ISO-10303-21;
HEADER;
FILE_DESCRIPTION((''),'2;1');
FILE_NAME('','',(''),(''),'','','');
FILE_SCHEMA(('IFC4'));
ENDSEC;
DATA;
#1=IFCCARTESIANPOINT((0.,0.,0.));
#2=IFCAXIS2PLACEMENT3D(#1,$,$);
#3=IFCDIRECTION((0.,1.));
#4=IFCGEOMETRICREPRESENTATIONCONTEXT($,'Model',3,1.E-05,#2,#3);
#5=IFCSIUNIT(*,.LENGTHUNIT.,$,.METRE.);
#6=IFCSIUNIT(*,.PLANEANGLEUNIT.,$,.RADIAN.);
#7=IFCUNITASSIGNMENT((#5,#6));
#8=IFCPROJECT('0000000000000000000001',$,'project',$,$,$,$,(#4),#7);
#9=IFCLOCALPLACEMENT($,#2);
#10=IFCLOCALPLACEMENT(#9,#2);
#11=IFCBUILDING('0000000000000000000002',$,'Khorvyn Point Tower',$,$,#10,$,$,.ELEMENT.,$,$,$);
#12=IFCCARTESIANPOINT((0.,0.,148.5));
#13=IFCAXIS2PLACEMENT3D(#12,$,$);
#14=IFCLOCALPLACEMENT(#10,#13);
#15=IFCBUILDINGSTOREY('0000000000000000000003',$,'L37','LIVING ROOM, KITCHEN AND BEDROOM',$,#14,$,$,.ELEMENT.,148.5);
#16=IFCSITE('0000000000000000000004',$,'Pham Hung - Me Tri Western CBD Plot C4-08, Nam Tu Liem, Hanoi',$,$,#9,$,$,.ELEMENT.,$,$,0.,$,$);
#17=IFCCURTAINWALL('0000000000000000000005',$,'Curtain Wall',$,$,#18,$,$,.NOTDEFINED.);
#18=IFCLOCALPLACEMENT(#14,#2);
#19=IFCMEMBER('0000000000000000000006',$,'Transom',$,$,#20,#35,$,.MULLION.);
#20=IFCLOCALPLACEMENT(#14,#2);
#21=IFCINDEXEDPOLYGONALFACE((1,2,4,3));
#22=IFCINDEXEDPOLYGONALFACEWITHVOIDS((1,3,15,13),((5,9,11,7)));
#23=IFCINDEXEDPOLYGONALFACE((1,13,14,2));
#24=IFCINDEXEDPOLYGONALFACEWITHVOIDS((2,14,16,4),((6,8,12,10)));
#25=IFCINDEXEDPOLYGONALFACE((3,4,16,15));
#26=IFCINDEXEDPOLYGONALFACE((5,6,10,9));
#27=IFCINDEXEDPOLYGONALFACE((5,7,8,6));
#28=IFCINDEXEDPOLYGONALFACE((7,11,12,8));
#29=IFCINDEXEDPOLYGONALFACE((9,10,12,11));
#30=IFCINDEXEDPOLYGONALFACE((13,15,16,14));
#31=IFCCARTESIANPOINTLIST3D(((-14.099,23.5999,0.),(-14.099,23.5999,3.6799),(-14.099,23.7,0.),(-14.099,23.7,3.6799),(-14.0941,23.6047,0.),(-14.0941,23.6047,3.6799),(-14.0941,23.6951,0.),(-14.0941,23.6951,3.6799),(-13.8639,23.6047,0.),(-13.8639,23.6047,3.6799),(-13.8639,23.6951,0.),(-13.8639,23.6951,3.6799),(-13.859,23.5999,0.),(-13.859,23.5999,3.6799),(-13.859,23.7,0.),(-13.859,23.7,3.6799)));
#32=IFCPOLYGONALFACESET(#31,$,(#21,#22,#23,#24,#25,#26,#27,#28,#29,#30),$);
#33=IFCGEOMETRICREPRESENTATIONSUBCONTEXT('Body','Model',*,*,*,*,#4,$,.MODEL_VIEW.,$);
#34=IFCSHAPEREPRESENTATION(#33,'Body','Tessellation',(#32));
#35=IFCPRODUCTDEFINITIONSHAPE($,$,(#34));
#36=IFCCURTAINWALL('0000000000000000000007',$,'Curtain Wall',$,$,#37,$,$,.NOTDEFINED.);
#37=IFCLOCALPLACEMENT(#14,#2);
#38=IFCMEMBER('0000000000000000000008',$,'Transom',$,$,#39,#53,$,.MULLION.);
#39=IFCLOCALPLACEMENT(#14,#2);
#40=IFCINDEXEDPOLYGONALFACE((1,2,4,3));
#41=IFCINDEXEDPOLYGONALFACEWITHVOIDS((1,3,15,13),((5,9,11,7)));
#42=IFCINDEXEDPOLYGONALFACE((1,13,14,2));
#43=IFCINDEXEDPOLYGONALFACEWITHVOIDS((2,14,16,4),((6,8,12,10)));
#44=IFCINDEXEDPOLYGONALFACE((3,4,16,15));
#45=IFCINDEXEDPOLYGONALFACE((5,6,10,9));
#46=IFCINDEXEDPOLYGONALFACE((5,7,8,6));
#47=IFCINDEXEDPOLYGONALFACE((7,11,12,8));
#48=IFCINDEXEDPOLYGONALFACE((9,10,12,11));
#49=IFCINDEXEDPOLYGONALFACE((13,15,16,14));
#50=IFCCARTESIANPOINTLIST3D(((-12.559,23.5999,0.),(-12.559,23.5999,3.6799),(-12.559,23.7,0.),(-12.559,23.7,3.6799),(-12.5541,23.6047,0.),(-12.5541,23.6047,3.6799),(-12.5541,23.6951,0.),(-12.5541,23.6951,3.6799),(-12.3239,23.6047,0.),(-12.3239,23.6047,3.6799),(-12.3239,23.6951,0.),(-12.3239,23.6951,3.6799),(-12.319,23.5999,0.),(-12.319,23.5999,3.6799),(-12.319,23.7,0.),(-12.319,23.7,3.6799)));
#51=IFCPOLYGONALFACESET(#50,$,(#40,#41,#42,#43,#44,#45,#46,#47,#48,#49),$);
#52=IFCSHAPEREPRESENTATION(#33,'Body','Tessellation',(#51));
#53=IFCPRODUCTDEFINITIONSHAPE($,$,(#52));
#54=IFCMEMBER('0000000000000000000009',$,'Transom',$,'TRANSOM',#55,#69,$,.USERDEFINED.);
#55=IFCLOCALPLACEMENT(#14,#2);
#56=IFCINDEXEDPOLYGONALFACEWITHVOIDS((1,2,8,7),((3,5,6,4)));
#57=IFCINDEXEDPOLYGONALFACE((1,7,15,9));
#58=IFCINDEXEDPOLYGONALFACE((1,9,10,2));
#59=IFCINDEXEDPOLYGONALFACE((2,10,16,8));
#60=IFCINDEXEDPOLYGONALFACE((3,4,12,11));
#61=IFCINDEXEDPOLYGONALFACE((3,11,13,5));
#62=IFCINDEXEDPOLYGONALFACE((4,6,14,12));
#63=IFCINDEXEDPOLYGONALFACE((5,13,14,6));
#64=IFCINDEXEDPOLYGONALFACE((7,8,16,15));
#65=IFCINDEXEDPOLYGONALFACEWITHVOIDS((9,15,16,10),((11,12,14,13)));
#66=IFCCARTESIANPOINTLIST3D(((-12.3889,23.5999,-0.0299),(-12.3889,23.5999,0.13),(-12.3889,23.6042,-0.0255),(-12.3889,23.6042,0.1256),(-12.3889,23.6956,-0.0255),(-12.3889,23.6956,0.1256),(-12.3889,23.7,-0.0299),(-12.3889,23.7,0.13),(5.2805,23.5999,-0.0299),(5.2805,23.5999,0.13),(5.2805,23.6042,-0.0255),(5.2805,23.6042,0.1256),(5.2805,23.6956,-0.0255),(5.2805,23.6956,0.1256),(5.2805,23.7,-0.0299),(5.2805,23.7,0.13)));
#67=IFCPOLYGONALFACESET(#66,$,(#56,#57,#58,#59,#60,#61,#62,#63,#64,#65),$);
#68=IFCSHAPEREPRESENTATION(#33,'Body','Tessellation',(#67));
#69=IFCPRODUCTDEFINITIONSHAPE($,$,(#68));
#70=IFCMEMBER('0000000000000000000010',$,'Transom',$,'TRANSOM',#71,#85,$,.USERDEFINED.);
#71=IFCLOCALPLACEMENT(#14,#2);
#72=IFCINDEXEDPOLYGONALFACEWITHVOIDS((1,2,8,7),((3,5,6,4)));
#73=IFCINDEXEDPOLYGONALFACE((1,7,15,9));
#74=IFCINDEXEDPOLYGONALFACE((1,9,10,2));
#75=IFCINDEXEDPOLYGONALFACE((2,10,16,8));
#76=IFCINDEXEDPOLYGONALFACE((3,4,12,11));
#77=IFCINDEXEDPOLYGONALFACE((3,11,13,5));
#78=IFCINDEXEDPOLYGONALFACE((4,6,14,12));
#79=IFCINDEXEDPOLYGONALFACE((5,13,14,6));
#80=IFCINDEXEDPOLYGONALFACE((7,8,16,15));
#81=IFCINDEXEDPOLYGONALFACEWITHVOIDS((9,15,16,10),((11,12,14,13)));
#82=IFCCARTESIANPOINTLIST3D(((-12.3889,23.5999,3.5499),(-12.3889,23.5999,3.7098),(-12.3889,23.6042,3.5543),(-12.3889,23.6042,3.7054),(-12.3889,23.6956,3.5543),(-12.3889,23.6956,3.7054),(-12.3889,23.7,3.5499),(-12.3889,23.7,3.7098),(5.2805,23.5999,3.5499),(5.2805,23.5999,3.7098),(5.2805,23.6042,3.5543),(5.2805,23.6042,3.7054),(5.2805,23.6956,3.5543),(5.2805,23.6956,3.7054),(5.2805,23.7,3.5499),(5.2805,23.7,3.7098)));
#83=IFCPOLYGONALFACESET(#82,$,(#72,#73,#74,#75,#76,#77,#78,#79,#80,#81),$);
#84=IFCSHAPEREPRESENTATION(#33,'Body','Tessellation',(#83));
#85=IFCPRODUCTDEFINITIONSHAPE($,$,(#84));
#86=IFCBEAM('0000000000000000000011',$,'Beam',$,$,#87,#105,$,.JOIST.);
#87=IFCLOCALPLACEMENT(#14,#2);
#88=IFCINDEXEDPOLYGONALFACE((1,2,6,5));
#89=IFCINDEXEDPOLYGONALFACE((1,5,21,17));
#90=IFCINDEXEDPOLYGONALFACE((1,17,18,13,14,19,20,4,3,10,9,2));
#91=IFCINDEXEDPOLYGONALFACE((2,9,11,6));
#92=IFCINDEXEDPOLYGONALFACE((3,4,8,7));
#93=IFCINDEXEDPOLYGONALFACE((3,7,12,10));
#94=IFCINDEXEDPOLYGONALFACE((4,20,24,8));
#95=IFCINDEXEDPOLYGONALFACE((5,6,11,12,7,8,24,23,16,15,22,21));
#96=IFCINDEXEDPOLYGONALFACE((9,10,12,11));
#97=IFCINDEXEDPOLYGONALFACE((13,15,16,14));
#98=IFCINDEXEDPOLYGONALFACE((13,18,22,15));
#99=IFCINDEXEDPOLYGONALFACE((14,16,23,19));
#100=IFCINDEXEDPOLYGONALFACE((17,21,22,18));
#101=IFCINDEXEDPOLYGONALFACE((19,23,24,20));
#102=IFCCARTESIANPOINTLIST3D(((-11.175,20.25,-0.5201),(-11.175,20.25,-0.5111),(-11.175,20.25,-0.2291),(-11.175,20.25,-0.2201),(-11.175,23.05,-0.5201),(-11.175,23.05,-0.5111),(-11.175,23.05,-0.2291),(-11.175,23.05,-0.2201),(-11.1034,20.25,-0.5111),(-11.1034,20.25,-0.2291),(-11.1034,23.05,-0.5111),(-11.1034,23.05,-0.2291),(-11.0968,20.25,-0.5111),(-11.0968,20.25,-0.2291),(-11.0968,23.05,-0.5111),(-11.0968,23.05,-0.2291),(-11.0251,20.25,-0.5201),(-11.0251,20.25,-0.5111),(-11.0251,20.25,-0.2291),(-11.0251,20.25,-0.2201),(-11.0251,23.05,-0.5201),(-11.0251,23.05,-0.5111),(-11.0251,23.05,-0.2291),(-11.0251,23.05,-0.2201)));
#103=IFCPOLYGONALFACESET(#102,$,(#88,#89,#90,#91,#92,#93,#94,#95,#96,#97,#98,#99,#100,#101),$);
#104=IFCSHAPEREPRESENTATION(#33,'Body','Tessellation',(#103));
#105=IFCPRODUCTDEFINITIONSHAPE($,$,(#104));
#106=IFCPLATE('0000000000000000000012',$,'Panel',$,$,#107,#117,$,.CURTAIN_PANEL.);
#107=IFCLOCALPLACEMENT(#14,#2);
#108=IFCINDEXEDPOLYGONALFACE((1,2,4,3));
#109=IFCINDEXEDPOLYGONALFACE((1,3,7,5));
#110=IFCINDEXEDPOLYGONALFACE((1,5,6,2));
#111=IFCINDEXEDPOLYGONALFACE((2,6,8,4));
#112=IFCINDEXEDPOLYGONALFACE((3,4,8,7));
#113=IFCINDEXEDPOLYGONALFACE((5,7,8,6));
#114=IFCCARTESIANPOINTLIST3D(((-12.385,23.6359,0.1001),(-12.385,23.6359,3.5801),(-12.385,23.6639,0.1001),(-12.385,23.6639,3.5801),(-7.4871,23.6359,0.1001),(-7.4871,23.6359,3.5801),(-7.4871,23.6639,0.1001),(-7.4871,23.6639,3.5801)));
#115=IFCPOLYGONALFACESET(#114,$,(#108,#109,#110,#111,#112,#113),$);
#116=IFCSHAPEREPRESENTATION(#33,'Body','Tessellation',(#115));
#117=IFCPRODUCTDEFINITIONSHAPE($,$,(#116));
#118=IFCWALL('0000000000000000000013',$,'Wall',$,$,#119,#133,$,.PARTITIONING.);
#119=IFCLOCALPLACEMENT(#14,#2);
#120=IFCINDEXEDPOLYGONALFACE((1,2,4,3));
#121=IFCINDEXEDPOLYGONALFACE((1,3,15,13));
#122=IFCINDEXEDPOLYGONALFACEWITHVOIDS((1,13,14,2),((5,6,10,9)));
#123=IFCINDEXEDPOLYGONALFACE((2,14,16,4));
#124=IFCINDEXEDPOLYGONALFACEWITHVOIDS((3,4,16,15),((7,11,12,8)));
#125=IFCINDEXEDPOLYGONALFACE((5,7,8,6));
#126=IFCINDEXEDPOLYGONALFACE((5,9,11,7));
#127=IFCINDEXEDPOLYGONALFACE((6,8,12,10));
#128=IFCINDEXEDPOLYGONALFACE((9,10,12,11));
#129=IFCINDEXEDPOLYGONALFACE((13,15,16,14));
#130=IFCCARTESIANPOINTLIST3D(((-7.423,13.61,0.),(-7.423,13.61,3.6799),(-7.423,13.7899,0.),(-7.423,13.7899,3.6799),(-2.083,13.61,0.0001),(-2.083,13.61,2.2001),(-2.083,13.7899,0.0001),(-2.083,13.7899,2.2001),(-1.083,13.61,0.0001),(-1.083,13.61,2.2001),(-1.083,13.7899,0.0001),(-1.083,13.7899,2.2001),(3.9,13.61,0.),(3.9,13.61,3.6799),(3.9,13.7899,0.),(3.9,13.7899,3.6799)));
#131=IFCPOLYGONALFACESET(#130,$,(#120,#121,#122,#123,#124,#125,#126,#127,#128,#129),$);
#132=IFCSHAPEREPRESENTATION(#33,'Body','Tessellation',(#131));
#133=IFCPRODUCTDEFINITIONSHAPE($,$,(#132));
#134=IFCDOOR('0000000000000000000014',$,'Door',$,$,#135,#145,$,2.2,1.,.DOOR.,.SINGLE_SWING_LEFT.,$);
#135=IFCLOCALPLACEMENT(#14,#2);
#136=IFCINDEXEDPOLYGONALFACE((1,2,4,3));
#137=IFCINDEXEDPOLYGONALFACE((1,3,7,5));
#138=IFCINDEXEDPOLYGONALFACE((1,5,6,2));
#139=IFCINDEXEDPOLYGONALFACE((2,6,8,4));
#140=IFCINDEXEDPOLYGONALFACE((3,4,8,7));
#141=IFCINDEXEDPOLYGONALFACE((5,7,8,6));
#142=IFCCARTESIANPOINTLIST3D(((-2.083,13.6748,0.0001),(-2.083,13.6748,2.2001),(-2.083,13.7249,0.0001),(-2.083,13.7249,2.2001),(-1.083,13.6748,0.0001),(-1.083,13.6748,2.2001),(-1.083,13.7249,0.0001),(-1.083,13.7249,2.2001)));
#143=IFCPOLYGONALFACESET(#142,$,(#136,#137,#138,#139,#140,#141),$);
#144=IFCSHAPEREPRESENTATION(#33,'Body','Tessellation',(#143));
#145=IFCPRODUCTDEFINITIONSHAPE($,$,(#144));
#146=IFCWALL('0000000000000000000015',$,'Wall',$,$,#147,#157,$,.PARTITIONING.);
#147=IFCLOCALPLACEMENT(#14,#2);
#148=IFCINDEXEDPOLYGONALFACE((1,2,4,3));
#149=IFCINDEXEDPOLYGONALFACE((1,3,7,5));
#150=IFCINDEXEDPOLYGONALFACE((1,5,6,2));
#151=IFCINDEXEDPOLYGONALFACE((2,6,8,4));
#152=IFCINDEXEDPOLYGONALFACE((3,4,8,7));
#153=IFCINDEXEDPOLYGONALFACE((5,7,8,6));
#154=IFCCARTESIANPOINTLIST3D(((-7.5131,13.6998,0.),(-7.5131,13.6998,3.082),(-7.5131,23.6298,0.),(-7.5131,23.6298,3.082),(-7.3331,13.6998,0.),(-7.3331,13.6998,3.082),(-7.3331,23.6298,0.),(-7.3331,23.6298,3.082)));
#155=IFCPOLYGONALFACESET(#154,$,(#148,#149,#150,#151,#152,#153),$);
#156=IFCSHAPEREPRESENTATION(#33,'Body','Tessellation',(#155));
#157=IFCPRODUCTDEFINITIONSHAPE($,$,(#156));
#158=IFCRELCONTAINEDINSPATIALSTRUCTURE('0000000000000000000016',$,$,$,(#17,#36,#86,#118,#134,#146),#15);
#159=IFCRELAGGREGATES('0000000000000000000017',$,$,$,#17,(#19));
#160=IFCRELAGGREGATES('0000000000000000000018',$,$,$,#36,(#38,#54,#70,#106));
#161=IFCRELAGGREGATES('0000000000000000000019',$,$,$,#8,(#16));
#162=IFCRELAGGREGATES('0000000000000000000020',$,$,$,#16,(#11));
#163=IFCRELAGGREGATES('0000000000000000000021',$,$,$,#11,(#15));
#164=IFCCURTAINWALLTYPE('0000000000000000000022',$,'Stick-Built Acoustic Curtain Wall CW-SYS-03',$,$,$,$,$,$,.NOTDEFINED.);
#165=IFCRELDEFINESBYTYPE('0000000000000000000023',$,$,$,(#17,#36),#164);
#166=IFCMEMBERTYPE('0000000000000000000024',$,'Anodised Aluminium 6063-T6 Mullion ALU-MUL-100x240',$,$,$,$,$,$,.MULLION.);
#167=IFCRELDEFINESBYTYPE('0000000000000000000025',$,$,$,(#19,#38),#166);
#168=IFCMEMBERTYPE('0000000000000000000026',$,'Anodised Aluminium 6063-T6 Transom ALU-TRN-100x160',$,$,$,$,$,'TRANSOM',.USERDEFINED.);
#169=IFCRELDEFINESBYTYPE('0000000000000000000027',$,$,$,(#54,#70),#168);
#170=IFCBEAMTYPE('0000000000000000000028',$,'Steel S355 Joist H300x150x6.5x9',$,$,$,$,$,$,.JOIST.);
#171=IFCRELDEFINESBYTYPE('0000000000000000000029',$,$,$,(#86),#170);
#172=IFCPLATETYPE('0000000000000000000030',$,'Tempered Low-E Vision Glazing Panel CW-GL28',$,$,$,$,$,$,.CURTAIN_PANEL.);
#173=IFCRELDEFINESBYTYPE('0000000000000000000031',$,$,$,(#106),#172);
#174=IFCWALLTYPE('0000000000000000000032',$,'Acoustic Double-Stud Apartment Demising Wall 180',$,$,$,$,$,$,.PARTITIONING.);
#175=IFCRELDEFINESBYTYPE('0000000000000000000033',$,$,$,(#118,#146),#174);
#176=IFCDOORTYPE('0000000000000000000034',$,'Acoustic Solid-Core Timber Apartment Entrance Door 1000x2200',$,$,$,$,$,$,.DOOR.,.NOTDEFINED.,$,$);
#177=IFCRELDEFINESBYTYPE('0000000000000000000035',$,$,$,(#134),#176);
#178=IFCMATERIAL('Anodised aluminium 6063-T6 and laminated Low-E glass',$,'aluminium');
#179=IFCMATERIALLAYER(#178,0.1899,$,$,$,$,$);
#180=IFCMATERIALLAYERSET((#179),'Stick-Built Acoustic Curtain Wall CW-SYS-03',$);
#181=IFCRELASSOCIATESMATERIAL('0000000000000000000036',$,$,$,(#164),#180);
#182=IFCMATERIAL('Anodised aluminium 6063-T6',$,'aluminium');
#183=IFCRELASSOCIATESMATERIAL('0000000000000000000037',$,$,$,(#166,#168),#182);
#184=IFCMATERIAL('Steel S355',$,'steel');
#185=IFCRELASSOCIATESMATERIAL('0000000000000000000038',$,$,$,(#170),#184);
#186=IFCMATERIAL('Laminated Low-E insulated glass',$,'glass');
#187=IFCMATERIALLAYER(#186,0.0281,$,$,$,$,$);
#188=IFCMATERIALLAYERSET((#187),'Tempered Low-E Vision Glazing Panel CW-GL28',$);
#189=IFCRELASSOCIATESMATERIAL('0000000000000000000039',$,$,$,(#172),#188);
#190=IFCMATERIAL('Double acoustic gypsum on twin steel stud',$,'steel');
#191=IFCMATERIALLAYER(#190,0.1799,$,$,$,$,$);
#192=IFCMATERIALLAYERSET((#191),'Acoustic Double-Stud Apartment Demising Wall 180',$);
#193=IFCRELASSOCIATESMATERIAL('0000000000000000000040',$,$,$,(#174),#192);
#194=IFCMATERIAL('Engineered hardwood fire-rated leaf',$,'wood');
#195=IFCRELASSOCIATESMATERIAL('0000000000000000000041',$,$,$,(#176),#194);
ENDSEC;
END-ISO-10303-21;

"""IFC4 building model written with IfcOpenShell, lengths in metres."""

from ifc_helpers import new_model, si_unit, direction, frame, frame_2d, origin, origin_2d, place, context, subcontext, project, spatial, rectangle, hollow_rectangle, i_section, extrude, material, layer, layer_set, material_profile, profile_set, type_object, element, fill, aggregate, save


model = new_model("IFC4")

# Units and contexts
model_context = context("Model", 3, precision=1e-05, world=origin(), true_north=direction((0.0, 1.0)))
body_context = subcontext(model_context, "Body", "Model", "MODEL_VIEW")
ifc_project = project(units=[si_unit("LENGTHUNIT", "METRE"), si_unit("PLANEANGLEUNIT", "RADIAN")], contexts=[model_context])

# Site, building, storey
site_placement = place(None, origin())
site = spatial("IfcSite", under=ifc_project, at=site_placement, Name="Pham Hung - Me Tri Western CBD Plot C4-08, Nam Tu Liem, Hanoi", CompositionType="ELEMENT", RefElevation=0.0)
building_placement = place(site_placement, origin())
building = spatial("IfcBuilding", under=site, at=building_placement, Name="Khorvyn Point Tower", CompositionType="ELEMENT")
storey_placement = place(building_placement, frame((0.0, 0.0, 148.5)))
storey = spatial("IfcBuildingStorey", under=building, at=storey_placement, Name="L37", Description="LIVING ROOM, KITCHEN AND BEDROOM", CompositionType="ELEMENT", Elevation=148.5)

# Curtain wall, member
ifc_material_1 = material(Name="Anodised aluminium 6063-T6 and laminated Low-E glass", Category="aluminium")
ifc_layer_1 = layer(ifc_material_1, 0.1899)
ifc_layer_set_1 = layer_set([ifc_layer_1], Name="Stick-Built Acoustic Curtain Wall CW-SYS-03")
curtain_wall_type = type_object("IfcCurtainWallType", Name="Stick-Built Acoustic Curtain Wall CW-SYS-03", PredefinedType="NOTDEFINED", material=ifc_layer_set_1)
curtain_wall_1_placement = place(storey_placement, origin())
curtain_wall_1 = element("IfcCurtainWall", 1, at=curtain_wall_1_placement, inside=storey, type_object=curtain_wall_type, Name="Curtain Wall", PredefinedType="NOTDEFINED")
ifc_material_2 = material(Name="Anodised aluminium 6063-T6", Category="aluminium")
ifc_material_profile_1 = material_profile(ifc_material_2, hollow_rectangle(XDim=0.1001, YDim=0.24, WallThickness=0.0049, at=origin_2d()))
ifc_profile_set_1 = profile_set([ifc_material_profile_1], Name="Anodised aluminium 6063-T6 ALU-MUL-100x240")
member_type_1 = type_object("IfcMemberType", Name="Anodised Aluminium 6063-T6 Mullion ALU-MUL-100x240", PredefinedType="MULLION", material=ifc_profile_set_1)
member_1_placement = place(storey_placement, frame((-13.979, 23.6499, 0.0), z_axis=(0.0, 0.0, 1.0), x_axis=(0.0, 1.0, 0.0)))
member_1 = element("IfcMember", 2, at=member_1_placement, type_object=member_type_1, Name="Transom", PredefinedType="MULLION", context=body_context, shape_type="SweptSolid", body=[
    extrude(hollow_rectangle(XDim=0.1001, YDim=0.24, WallThickness=0.0049, at=origin_2d()), origin(), (0.0, 0.0, 1.0), 3.6799),
])
aggregate(curtain_wall_1, [member_1])

# Curtain wall, members
curtain_wall_2_placement = place(storey_placement, origin())
curtain_wall_2 = element("IfcCurtainWall", 3, at=curtain_wall_2_placement, inside=storey, type_object=curtain_wall_type, Name="Curtain Wall", PredefinedType="NOTDEFINED")
member_2_placement = place(storey_placement, frame((-12.439, 23.6499, 0.0), z_axis=(0.0, 0.0, 1.0), x_axis=(0.0, 1.0, 0.0)))
member_2 = element("IfcMember", 4, at=member_2_placement, type_object=member_type_1, Name="Transom", PredefinedType="MULLION", context=body_context, shape_type="SweptSolid", body=[
    extrude(hollow_rectangle(XDim=0.1001, YDim=0.24, WallThickness=0.0049, at=origin_2d()), origin(), (0.0, 0.0, 1.0), 3.6799),
])
ifc_material_profile_2 = material_profile(ifc_material_2, hollow_rectangle(XDim=0.1001, YDim=0.1599, WallThickness=0.0044, at=origin_2d()))
ifc_profile_set_2 = profile_set([ifc_material_profile_2], Name="Anodised aluminium 6063-T6 ALU-TRN-100x160")
member_type_2 = type_object("IfcMemberType", Name="Anodised Aluminium 6063-T6 Transom ALU-TRN-100x160", ElementType="TRANSOM", PredefinedType="USERDEFINED", material=ifc_profile_set_2)
member_3_placement = place(storey_placement, frame((-12.3889, 23.6499, 0.05), z_axis=(1.0, 0.0, 0.0), x_axis=(0.0, 1.0, 0.0)))
member_3 = element("IfcMember", 5, at=member_3_placement, type_object=member_type_2, Name="Transom", ObjectType="TRANSOM", PredefinedType="USERDEFINED", context=body_context, shape_type="SweptSolid", body=[
    extrude(hollow_rectangle(XDim=0.1001, YDim=0.1599, WallThickness=0.0044, at=origin_2d()), origin(), (0.0, 0.0, 1.0), 17.6694),
])
member_4_placement = place(storey_placement, frame((-12.3889, 23.6499, 3.6299), z_axis=(1.0, 0.0, 0.0), x_axis=(0.0, 1.0, 0.0)))
member_4 = element("IfcMember", 6, at=member_4_placement, type_object=member_type_2, Name="Transom", ObjectType="TRANSOM", PredefinedType="USERDEFINED", context=body_context, shape_type="SweptSolid", body=[
    extrude(hollow_rectangle(XDim=0.1001, YDim=0.1599, WallThickness=0.0044, at=origin_2d()), origin(), (0.0, 0.0, 1.0), 17.6694),
])

# Beam
ifc_material_3 = material(Name="Steel S355", Category="steel")
ifc_material_profile_3 = material_profile(ifc_material_3, i_section(OverallWidth=0.1499, OverallDepth=0.3, WebThickness=0.0066, FlangeThickness=0.009, at=origin_2d()))
ifc_profile_set_3 = profile_set([ifc_material_profile_3], Name="Steel S355 H300x150x6.5x9")
beam_type = type_object("IfcBeamType", Name="Steel S355 Joist H300x150x6.5x9", PredefinedType="JOIST", material=ifc_profile_set_3)
beam_placement = place(storey_placement, frame((-11.1001, 20.25, -0.3701), z_axis=(0.0, 1.0, 0.0), x_axis=(-1.0, 0.0, 0.0)))
element("IfcBeam", 7, at=beam_placement, inside=storey, type_object=beam_type, Name="Beam", PredefinedType="JOIST", context=body_context, shape_type="SweptSolid", body=[
    extrude(i_section(OverallWidth=0.1499, OverallDepth=0.3, WebThickness=0.0066, FlangeThickness=0.009, at=origin_2d()), origin(), (0.0, 0.0, 1.0), 2.8),
])

# Plate
ifc_material_4 = material(Name="Laminated Low-E insulated glass", Category="glass")
ifc_layer_2 = layer(ifc_material_4, 0.0281)
ifc_layer_set_2 = layer_set([ifc_layer_2], Name="Tempered Low-E Vision Glazing Panel CW-GL28")
plate_type = type_object("IfcPlateType", Name="Tempered Low-E Vision Glazing Panel CW-GL28", PredefinedType="CURTAIN_PANEL", material=ifc_layer_set_2)
plate_placement = place(storey_placement, frame((-9.936, 23.6499, 0.1001), z_axis=(0.0, 0.0, 1.0), x_axis=(1.0, 0.0, 0.0)))
plate = element("IfcPlate", 8, at=plate_placement, type_object=plate_type, Name="Panel", PredefinedType="CURTAIN_PANEL", context=body_context, shape_type="SweptSolid", body=[
    extrude(rectangle(XDim=4.8979, YDim=0.0281, at=origin_2d()), origin(), (0.0, 0.0, 1.0), 3.48),
])
aggregate(curtain_wall_2, [member_2, member_3, member_4, plate])

# Wall, opening, door
ifc_material_5 = material(Name="Double acoustic gypsum on twin steel stud", Category="steel")
ifc_layer_3 = layer(ifc_material_5, 0.1799)
ifc_layer_set_3 = layer_set([ifc_layer_3], Name="Acoustic Double-Stud Apartment Demising Wall 180")
wall_type_1 = type_object("IfcWallType", Name="Acoustic Double-Stud Apartment Demising Wall 180", PredefinedType="PARTITIONING", material=ifc_layer_set_3)
wall_1_placement = place(storey_placement, frame((-7.4231, 13.7, 0.0), z_axis=(0.0, 0.0, 1.0), x_axis=(1.0, 0.0, 0.0)))
wall_1 = element("IfcWall", 9, at=wall_1_placement, inside=storey, type_object=wall_type_1, Name="Wall", PredefinedType="PARTITIONING", context=body_context, shape_type="SweptSolid", body=[
    extrude(rectangle(XDim=11.323, YDim=0.1799, at=frame_2d((5.6616, 0.0))), origin(), (0.0, 0.0, 1.0), 3.6799),
])
opening_1_placement = place(wall_1_placement, frame((5.3401, 0.0, 0.0)))
opening_1 = element("IfcOpeningElement", 10, at=opening_1_placement, cuts=wall_1, PredefinedType="OPENING", context=body_context, shape_type="SweptSolid", body=[
    extrude(rectangle(XDim=1.0, YDim=2.2, at=frame_2d((0.5, 1.1001))), frame((0.0, 0.0999, 0.0), z_axis=(0.0, -1.0, 0.0), x_axis=(1.0, 0.0, 0.0)), (0.0, 0.0, 1.0), 0.2),
])
ifc_material_6 = material(Name="Engineered hardwood fire-rated leaf", Category="wood")
door_type_1 = type_object("IfcDoorType", Name="Acoustic Solid-Core Timber Apartment Entrance Door 1000x2200", OperationType="NOTDEFINED", PredefinedType="DOOR", material=ifc_material_6)
door_1_placement = place(opening_1_placement, origin())
door_1 = element("IfcDoor", 11, at=door_1_placement, inside=storey, type_object=door_type_1, Name="Door", OperationType="SINGLE_SWING_LEFT", OverallHeight=2.2, OverallWidth=1.0, PredefinedType="DOOR", context=body_context, shape_type="SweptSolid", body=[
    extrude(rectangle(XDim=1.0, YDim=2.2, at=frame_2d((0.5, 1.1001))), frame((0.0, 0.0249, 0.0), z_axis=(0.0, -1.0, 0.0), x_axis=(1.0, 0.0, 0.0)), (0.0, 0.0, 1.0), 0.05),
])
fill(opening_1, door_1)

# Wall
wall_2_placement = place(storey_placement, frame((-7.4231, 13.7, 0.0), z_axis=(0.0, 0.0, 1.0), x_axis=(0.0, 1.0, 0.0)))
element("IfcWall", 12, at=wall_2_placement, inside=storey, type_object=wall_type_1, Name="Wall", PredefinedType="PARTITIONING", context=body_context, shape_type="SweptSolid", body=[
    extrude(rectangle(XDim=9.9299, YDim=0.1799, at=frame_2d((4.9648, 0.0))), origin(), (0.0, 0.0, 1.0), 3.082),
])

save(model, "model.ifc")
